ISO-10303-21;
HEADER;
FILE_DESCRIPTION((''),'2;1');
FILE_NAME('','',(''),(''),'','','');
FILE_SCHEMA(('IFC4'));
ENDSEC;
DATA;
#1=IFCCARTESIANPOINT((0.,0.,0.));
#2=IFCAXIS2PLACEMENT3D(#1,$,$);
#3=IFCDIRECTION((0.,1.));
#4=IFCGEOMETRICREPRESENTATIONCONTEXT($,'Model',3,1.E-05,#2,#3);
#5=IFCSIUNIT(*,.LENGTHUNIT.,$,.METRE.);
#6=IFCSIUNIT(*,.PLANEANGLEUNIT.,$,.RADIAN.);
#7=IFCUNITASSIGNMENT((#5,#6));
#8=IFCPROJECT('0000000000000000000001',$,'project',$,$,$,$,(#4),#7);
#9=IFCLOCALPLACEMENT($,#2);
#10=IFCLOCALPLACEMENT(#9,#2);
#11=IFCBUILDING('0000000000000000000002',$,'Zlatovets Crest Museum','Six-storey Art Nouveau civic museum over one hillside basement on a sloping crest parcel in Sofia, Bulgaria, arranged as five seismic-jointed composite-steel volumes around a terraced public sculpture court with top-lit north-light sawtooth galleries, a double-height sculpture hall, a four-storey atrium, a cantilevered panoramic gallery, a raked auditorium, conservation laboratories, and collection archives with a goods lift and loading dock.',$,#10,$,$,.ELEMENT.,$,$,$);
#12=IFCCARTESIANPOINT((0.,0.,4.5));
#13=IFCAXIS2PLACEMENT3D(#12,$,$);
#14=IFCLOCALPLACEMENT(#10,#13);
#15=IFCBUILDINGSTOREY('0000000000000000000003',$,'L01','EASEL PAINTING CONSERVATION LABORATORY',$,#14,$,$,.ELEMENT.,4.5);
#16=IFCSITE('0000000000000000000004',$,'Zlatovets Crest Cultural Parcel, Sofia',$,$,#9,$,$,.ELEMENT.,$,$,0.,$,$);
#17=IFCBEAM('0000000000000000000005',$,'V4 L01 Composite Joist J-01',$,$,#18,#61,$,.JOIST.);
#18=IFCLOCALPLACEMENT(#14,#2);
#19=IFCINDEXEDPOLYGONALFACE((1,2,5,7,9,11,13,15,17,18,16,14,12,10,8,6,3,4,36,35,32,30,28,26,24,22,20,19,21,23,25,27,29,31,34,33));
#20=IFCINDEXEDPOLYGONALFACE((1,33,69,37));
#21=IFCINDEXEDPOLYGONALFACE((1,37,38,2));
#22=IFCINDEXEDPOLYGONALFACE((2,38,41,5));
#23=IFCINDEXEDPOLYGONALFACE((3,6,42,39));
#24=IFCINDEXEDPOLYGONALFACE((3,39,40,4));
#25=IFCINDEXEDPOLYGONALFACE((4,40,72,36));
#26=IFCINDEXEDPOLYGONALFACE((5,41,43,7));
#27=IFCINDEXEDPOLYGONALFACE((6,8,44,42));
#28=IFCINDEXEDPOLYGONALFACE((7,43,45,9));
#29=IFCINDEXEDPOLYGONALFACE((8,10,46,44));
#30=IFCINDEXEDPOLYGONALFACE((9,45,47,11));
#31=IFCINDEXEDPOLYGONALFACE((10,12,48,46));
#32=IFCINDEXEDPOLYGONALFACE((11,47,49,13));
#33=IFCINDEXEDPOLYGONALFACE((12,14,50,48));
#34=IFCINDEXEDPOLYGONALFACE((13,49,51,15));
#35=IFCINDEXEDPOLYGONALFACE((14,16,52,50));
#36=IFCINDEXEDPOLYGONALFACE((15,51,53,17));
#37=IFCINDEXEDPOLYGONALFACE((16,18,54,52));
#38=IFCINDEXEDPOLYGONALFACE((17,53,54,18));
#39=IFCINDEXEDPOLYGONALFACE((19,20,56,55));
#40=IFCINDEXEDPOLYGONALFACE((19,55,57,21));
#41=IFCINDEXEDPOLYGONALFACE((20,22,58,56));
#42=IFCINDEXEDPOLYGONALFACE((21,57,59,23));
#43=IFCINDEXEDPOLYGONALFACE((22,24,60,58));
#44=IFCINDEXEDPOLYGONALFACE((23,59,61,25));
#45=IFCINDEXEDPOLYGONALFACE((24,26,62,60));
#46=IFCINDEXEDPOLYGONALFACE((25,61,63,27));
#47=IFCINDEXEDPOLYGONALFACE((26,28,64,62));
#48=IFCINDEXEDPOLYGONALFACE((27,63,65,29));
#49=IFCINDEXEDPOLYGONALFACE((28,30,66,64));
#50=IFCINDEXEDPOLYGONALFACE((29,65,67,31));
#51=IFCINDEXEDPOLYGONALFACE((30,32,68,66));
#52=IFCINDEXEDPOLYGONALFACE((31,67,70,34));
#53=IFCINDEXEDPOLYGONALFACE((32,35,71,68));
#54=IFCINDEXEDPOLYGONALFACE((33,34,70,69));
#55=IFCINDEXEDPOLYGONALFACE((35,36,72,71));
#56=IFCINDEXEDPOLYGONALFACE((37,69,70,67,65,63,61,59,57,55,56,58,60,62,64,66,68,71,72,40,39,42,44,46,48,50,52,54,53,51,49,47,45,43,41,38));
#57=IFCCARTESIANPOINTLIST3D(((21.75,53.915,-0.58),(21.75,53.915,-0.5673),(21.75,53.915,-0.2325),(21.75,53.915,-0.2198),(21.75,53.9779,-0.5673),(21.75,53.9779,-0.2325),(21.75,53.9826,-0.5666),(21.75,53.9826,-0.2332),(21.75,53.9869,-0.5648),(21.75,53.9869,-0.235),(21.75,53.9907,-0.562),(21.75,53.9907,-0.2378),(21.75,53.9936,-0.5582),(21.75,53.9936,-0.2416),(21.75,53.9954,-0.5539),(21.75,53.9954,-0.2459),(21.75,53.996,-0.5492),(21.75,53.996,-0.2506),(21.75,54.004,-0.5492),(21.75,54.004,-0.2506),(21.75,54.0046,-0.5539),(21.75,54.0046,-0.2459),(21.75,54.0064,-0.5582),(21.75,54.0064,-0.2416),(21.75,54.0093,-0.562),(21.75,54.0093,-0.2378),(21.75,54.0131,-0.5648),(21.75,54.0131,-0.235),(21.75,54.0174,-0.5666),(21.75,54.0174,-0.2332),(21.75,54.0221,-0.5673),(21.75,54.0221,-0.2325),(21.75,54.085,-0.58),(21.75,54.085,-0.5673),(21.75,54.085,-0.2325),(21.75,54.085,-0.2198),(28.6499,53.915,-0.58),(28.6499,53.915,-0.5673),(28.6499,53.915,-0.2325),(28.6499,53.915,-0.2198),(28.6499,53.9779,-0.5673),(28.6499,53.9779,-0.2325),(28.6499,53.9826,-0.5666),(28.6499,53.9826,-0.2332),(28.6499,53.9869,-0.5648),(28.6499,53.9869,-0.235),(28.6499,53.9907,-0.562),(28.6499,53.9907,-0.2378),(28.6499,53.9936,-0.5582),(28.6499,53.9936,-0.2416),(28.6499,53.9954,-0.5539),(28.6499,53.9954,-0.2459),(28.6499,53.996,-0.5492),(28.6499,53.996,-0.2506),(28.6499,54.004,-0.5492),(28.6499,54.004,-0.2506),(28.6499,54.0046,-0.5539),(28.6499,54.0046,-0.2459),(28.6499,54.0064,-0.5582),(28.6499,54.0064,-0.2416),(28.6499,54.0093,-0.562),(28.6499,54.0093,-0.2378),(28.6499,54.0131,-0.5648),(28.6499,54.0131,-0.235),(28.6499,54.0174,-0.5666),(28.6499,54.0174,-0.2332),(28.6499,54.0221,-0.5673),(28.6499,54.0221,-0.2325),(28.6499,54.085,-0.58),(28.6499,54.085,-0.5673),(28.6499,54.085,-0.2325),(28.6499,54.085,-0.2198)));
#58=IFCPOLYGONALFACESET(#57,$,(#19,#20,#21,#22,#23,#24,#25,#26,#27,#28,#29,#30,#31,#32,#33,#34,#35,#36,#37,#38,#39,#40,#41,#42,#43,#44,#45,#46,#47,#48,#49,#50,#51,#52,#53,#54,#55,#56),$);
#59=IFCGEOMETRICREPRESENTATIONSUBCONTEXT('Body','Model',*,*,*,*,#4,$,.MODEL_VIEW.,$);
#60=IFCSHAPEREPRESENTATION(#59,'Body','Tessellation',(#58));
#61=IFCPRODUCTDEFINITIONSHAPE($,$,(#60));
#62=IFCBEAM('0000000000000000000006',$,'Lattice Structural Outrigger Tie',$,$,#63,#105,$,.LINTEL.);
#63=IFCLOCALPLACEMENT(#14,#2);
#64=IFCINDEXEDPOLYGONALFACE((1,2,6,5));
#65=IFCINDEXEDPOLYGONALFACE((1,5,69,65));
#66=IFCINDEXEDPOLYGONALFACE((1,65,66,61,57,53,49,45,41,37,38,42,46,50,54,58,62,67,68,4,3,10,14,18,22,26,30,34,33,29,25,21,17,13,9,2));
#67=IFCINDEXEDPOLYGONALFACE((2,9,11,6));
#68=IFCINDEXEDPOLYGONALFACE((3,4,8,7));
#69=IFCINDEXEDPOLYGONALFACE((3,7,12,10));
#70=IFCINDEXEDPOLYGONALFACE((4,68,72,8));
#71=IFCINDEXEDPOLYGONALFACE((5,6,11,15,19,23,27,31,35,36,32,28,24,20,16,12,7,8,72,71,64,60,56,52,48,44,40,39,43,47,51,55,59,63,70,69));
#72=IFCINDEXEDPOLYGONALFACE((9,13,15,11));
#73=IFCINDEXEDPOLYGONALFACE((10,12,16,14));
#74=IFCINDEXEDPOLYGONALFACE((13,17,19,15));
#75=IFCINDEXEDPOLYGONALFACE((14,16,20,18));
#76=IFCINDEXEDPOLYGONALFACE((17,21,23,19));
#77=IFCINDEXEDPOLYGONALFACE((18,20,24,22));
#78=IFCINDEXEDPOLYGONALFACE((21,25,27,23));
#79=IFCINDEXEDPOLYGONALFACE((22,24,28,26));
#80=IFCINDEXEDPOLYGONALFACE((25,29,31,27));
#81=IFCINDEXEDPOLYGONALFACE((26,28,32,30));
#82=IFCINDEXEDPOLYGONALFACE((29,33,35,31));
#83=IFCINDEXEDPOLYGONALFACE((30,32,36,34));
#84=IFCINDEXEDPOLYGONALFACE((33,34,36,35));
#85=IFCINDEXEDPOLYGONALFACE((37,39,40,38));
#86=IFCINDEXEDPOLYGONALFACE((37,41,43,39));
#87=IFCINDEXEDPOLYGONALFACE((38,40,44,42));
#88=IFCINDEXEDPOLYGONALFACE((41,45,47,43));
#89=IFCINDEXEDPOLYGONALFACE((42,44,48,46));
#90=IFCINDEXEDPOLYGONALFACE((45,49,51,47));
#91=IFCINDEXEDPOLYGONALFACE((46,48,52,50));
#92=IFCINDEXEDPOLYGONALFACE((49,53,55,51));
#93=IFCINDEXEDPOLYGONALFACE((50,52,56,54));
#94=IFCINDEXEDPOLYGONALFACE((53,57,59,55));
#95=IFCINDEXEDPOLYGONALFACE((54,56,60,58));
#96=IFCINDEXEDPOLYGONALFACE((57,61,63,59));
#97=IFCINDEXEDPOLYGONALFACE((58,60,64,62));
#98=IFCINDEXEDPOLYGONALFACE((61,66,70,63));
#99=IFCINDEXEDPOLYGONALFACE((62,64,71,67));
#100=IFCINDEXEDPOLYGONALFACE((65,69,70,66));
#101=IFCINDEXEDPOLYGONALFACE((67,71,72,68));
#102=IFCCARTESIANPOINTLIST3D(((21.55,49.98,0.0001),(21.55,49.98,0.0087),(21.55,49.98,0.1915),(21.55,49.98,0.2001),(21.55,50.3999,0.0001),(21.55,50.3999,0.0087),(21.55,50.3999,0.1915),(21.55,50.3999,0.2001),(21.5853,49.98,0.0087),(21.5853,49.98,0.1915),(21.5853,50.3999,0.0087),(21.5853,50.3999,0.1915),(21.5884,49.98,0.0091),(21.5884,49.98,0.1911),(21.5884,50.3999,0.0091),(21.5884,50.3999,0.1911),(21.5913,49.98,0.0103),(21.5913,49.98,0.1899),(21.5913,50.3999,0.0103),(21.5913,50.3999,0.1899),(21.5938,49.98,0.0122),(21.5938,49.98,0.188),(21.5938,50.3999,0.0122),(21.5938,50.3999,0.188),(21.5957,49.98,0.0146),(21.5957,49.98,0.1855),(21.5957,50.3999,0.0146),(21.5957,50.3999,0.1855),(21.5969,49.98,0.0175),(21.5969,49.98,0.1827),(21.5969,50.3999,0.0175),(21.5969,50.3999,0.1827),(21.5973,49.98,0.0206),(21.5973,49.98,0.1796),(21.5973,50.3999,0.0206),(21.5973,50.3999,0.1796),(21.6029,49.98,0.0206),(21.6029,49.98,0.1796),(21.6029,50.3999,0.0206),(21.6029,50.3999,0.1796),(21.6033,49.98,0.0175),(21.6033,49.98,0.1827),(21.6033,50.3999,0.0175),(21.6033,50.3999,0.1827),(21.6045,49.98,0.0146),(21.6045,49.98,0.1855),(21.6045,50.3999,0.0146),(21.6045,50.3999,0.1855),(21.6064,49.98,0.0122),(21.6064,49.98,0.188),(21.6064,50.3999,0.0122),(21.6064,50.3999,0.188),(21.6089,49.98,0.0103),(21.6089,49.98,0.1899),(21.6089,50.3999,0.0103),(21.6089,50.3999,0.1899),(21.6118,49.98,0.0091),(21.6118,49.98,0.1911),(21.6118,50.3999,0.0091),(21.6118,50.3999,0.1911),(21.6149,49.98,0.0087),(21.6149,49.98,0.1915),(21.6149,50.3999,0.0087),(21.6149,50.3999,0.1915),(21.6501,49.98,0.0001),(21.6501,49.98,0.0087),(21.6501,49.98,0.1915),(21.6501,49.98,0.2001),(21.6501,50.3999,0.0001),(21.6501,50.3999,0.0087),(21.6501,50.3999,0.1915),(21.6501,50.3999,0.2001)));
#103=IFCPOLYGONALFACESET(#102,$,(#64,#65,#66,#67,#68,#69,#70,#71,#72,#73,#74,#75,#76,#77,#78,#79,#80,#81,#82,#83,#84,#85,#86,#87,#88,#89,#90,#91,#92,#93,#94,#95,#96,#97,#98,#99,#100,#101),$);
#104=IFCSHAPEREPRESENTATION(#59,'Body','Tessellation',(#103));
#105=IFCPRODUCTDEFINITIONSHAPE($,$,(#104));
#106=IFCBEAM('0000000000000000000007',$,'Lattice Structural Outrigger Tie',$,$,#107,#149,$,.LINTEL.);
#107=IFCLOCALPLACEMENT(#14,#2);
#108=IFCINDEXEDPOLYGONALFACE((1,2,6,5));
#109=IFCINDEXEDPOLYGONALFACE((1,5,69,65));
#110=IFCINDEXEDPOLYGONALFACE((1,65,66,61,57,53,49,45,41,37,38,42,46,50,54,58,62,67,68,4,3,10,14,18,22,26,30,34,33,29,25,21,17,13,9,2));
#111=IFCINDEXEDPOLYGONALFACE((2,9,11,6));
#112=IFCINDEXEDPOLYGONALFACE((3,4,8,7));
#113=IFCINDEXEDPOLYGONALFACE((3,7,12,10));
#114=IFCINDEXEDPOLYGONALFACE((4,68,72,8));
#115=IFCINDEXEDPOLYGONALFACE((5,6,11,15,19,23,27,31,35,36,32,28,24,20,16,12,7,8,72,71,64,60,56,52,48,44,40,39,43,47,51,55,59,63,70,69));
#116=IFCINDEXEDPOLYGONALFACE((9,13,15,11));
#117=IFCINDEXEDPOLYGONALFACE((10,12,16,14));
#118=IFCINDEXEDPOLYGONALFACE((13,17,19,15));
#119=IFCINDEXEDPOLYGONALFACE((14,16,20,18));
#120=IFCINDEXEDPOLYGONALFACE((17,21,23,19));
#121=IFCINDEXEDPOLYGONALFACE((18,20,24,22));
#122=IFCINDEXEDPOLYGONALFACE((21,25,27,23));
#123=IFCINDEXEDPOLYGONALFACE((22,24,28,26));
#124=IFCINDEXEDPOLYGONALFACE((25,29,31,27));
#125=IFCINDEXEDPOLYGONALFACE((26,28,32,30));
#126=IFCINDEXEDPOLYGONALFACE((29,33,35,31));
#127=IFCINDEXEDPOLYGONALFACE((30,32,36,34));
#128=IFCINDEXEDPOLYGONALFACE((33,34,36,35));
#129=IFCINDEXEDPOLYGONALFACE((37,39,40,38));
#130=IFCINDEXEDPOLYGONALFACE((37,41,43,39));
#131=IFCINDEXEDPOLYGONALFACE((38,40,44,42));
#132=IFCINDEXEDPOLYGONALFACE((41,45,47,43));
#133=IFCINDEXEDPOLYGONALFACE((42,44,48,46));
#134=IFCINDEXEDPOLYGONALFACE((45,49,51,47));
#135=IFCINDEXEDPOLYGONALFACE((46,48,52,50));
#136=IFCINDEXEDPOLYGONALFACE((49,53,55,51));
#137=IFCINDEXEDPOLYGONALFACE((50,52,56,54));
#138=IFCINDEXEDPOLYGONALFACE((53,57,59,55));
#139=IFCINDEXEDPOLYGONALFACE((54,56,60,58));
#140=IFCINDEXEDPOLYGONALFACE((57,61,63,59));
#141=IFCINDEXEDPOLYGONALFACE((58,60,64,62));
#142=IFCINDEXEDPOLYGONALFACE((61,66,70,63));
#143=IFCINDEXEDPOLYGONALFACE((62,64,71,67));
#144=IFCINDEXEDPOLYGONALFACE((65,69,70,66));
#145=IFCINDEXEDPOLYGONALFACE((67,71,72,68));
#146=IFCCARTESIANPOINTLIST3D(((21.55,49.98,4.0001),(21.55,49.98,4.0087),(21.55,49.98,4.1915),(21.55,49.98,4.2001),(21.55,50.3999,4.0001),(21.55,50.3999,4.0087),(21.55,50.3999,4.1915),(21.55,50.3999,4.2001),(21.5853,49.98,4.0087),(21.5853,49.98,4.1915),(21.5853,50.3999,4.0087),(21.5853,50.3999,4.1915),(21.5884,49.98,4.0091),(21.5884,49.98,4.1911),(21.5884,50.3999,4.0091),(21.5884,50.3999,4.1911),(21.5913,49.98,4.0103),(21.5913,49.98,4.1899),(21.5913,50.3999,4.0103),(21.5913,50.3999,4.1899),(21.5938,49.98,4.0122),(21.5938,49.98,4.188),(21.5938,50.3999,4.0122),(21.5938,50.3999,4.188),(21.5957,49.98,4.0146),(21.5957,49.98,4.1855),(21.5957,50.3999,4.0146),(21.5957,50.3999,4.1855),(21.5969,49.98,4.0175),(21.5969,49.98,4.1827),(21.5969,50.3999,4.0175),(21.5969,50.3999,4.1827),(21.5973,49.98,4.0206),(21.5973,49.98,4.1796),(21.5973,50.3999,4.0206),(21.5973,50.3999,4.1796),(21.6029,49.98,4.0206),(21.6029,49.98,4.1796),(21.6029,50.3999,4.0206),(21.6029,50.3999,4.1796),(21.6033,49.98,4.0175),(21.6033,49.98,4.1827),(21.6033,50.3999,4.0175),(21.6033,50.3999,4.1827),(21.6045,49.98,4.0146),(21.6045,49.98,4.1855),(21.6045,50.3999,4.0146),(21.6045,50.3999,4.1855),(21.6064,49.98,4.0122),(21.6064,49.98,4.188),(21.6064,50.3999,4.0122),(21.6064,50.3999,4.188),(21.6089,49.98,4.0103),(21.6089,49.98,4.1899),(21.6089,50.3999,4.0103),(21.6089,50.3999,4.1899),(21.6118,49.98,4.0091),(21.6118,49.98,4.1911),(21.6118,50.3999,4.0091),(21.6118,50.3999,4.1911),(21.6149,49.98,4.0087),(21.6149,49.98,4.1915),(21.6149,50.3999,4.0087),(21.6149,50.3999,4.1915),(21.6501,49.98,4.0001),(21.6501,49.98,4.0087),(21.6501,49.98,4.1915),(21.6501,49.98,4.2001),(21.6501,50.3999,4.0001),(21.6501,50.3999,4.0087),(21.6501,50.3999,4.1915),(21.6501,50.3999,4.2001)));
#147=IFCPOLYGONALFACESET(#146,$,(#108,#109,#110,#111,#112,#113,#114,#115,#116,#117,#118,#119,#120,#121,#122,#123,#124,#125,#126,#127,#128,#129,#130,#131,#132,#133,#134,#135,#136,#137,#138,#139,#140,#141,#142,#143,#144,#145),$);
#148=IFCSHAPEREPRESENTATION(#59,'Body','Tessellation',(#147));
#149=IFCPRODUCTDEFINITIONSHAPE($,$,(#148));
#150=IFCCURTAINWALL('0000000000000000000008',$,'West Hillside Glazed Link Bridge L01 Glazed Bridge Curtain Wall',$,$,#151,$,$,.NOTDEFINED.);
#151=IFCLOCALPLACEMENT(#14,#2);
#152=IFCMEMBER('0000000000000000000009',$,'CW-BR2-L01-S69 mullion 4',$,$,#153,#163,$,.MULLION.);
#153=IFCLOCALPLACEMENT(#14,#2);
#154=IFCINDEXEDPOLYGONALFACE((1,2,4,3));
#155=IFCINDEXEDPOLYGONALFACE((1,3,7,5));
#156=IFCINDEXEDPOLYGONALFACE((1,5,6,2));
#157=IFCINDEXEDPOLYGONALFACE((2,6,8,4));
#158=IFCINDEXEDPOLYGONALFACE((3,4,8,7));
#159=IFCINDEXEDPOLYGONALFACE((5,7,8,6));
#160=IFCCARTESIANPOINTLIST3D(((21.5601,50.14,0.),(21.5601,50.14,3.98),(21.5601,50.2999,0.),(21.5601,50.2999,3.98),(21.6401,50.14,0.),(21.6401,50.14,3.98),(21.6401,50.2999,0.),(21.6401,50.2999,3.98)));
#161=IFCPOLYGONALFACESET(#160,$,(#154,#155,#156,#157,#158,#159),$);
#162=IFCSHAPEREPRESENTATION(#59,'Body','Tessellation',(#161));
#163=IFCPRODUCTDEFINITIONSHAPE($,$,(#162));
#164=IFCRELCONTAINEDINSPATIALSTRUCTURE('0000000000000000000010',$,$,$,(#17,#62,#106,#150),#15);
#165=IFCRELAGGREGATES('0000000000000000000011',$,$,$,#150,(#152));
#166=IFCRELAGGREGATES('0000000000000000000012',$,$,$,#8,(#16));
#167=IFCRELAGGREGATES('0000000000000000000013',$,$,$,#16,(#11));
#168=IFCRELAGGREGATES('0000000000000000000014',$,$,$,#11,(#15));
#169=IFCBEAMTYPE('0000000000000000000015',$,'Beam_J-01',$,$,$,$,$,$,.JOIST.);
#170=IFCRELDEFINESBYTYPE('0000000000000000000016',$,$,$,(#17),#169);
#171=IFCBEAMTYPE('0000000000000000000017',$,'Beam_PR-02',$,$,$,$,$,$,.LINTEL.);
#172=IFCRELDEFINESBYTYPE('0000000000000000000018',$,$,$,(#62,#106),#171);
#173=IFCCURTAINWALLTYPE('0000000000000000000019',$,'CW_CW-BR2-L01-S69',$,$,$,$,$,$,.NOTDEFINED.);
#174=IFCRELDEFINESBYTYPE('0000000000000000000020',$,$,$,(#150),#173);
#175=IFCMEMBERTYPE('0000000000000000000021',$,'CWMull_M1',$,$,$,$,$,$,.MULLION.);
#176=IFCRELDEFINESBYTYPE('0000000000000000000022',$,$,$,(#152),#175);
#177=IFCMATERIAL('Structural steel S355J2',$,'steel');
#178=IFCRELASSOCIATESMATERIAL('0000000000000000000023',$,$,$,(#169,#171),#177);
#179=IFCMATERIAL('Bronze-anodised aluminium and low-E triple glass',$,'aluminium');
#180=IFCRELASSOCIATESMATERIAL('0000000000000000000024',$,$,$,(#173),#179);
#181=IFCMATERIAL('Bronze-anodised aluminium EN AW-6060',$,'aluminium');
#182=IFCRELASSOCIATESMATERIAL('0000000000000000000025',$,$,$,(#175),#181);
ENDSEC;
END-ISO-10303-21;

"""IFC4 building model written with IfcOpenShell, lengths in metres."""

from ifc_helpers import new_model, si_unit, direction, frame, origin, origin_2d, place, context, subcontext, project, spatial, rectangle, i_section, extrude, material, material_profile, profile_set, type_object, element, aggregate, save


model = new_model("IFC4")

# Units and contexts
model_context = context("Model", 3, precision=1e-05, world=origin(), true_north=direction((0.0, 1.0)))
body_context = subcontext(model_context, "Body", "Model", "MODEL_VIEW")
ifc_project = project(units=[si_unit("LENGTHUNIT", "METRE"), si_unit("PLANEANGLEUNIT", "RADIAN")], contexts=[model_context])

# Site, building, storey
site_placement = place(None, origin())
site = spatial("IfcSite", under=ifc_project, at=site_placement, Name="Zlatovets Crest Cultural Parcel, Sofia", CompositionType="ELEMENT", RefElevation=0.0)
building_placement = place(site_placement, origin())
building = spatial("IfcBuilding", under=site, at=building_placement, Name="Zlatovets Crest Museum", Description="Six-storey Art Nouveau civic museum over one hillside basement on a sloping crest parcel in Sofia, Bulgaria, arranged as five seismic-jointed composite-steel volumes around a terraced public sculpture court with top-lit north-light sawtooth galleries, a double-height sculpture hall, a four-storey atrium, a cantilevered panoramic gallery, a raked auditorium, conservation laboratories, and collection archives with a goods lift and loading dock.", CompositionType="ELEMENT")
storey_placement = place(building_placement, frame((0.0, 0.0, 4.5)))
storey = spatial("IfcBuildingStorey", under=building, at=storey_placement, Name="L01", Description="EASEL PAINTING CONSERVATION LABORATORY", CompositionType="ELEMENT", Elevation=4.5)

# Shared definitions
ifc_material_1 = material(Name="Structural steel S355J2", Category="steel")

# Beams
ifc_material_profile_1 = material_profile(ifc_material_1, i_section(OverallWidth=0.1699, OverallDepth=0.3601, WebThickness=0.0081, FlangeThickness=0.0127, FilletRadius=0.0181, at=origin_2d()), Name="IPE 360")
ifc_profile_set_1 = profile_set([ifc_material_profile_1], Name="Structural steel S355J2")
beam_type_1 = type_object("IfcBeamType", Name="Beam_J-01", PredefinedType="JOIST", material=ifc_profile_set_1)
beam_1_placement = place(storey_placement, frame((21.75, 54.0, -0.3999), z_axis=(1.0, 0.0, 0.0), x_axis=(0.0, 1.0, 0.0)))
element("IfcBeam", 1, at=beam_1_placement, inside=storey, type_object=beam_type_1, Name="V4 L01 Composite Joist J-01", PredefinedType="JOIST", context=body_context, shape_type="SweptSolid", body=[
    extrude(i_section(OverallWidth=0.1699, OverallDepth=0.3601, WebThickness=0.0081, FlangeThickness=0.0127, FilletRadius=0.0181, at=origin_2d()), origin(), (0.0, 0.0, 1.0), 6.8999),
])
ifc_material_profile_2 = material_profile(ifc_material_1, i_section(OverallWidth=0.1001, OverallDepth=0.2, WebThickness=0.0056, FlangeThickness=0.0085, FilletRadius=0.012, at=origin_2d()), Name="IPE 200")
ifc_profile_set_2 = profile_set([ifc_material_profile_2], Name="Structural steel S355J2")
beam_type_2 = type_object("IfcBeamType", Name="Beam_PR-02", PredefinedType="LINTEL", material=ifc_profile_set_2)
for number, where, z_axis, x_axis, name in (
    (2, (21.6001, 50.3999, 0.1001), (0.0, -1.0, 0.0), (1.0, 0.0, 0.0), "Lattice Structural Outrigger Tie"),
    (3, (21.6001, 50.3999, 4.1001), (0.0, -1.0, 0.0), (1.0, 0.0, 0.0), "Lattice Structural Outrigger Tie"),
):
    element("IfcBeam", number, at=place(storey_placement, frame(where, z_axis=z_axis, x_axis=x_axis)), inside=storey, type_object=beam_type_2, Name=name, PredefinedType="LINTEL", context=body_context, shape_type="SweptSolid", body=[
        extrude(i_section(OverallWidth=0.1001, OverallDepth=0.2, WebThickness=0.0056, FlangeThickness=0.0085, FilletRadius=0.012, at=origin_2d()), origin(), (0.0, 0.0, 1.0), 0.4199),
    ])

# Curtain wall, member
ifc_material_2 = material(Name="Bronze-anodised aluminium and low-E triple glass", Category="aluminium")
curtain_wall_type = type_object("IfcCurtainWallType", Name="CW_CW-BR2-L01-S69", PredefinedType="NOTDEFINED", material=ifc_material_2)
curtain_wall_placement = place(storey_placement, origin())
curtain_wall = element("IfcCurtainWall", 4, at=curtain_wall_placement, inside=storey, type_object=curtain_wall_type, Name="West Hillside Glazed Link Bridge L01 Glazed Bridge Curtain Wall", PredefinedType="NOTDEFINED")
ifc_material_3 = material(Name="Bronze-anodised aluminium EN AW-6060", Category="aluminium")
ifc_material_profile_3 = material_profile(ifc_material_3, rectangle(XDim=0.0801, YDim=0.1599, at=origin_2d()), Name="ALU 80x160")
ifc_profile_set_3 = profile_set([ifc_material_profile_3], Name="Bronze-anodised aluminium EN AW-6060")
member_type_1 = type_object("IfcMemberType", Name="CWMull_M1", PredefinedType="MULLION", material=ifc_profile_set_3)
member_1_placement = place(storey_placement, frame((21.6001, 50.22, 0.0), z_axis=(0.0, 0.0, 1.0), x_axis=(-1.0, 0.0, 0.0)))
member_1 = element("IfcMember", 5, at=member_1_placement, type_object=member_type_1, Name="CW-BR2-L01-S69 mullion 4", PredefinedType="MULLION", context=body_context, shape_type="SweptSolid", body=[
    extrude(rectangle(XDim=0.0801, YDim=0.1599, at=origin_2d()), origin(), (0.0, 0.0, 1.0), 3.98),
])

aggregate(curtain_wall, [member_1])

save(model, "model.ifc")
